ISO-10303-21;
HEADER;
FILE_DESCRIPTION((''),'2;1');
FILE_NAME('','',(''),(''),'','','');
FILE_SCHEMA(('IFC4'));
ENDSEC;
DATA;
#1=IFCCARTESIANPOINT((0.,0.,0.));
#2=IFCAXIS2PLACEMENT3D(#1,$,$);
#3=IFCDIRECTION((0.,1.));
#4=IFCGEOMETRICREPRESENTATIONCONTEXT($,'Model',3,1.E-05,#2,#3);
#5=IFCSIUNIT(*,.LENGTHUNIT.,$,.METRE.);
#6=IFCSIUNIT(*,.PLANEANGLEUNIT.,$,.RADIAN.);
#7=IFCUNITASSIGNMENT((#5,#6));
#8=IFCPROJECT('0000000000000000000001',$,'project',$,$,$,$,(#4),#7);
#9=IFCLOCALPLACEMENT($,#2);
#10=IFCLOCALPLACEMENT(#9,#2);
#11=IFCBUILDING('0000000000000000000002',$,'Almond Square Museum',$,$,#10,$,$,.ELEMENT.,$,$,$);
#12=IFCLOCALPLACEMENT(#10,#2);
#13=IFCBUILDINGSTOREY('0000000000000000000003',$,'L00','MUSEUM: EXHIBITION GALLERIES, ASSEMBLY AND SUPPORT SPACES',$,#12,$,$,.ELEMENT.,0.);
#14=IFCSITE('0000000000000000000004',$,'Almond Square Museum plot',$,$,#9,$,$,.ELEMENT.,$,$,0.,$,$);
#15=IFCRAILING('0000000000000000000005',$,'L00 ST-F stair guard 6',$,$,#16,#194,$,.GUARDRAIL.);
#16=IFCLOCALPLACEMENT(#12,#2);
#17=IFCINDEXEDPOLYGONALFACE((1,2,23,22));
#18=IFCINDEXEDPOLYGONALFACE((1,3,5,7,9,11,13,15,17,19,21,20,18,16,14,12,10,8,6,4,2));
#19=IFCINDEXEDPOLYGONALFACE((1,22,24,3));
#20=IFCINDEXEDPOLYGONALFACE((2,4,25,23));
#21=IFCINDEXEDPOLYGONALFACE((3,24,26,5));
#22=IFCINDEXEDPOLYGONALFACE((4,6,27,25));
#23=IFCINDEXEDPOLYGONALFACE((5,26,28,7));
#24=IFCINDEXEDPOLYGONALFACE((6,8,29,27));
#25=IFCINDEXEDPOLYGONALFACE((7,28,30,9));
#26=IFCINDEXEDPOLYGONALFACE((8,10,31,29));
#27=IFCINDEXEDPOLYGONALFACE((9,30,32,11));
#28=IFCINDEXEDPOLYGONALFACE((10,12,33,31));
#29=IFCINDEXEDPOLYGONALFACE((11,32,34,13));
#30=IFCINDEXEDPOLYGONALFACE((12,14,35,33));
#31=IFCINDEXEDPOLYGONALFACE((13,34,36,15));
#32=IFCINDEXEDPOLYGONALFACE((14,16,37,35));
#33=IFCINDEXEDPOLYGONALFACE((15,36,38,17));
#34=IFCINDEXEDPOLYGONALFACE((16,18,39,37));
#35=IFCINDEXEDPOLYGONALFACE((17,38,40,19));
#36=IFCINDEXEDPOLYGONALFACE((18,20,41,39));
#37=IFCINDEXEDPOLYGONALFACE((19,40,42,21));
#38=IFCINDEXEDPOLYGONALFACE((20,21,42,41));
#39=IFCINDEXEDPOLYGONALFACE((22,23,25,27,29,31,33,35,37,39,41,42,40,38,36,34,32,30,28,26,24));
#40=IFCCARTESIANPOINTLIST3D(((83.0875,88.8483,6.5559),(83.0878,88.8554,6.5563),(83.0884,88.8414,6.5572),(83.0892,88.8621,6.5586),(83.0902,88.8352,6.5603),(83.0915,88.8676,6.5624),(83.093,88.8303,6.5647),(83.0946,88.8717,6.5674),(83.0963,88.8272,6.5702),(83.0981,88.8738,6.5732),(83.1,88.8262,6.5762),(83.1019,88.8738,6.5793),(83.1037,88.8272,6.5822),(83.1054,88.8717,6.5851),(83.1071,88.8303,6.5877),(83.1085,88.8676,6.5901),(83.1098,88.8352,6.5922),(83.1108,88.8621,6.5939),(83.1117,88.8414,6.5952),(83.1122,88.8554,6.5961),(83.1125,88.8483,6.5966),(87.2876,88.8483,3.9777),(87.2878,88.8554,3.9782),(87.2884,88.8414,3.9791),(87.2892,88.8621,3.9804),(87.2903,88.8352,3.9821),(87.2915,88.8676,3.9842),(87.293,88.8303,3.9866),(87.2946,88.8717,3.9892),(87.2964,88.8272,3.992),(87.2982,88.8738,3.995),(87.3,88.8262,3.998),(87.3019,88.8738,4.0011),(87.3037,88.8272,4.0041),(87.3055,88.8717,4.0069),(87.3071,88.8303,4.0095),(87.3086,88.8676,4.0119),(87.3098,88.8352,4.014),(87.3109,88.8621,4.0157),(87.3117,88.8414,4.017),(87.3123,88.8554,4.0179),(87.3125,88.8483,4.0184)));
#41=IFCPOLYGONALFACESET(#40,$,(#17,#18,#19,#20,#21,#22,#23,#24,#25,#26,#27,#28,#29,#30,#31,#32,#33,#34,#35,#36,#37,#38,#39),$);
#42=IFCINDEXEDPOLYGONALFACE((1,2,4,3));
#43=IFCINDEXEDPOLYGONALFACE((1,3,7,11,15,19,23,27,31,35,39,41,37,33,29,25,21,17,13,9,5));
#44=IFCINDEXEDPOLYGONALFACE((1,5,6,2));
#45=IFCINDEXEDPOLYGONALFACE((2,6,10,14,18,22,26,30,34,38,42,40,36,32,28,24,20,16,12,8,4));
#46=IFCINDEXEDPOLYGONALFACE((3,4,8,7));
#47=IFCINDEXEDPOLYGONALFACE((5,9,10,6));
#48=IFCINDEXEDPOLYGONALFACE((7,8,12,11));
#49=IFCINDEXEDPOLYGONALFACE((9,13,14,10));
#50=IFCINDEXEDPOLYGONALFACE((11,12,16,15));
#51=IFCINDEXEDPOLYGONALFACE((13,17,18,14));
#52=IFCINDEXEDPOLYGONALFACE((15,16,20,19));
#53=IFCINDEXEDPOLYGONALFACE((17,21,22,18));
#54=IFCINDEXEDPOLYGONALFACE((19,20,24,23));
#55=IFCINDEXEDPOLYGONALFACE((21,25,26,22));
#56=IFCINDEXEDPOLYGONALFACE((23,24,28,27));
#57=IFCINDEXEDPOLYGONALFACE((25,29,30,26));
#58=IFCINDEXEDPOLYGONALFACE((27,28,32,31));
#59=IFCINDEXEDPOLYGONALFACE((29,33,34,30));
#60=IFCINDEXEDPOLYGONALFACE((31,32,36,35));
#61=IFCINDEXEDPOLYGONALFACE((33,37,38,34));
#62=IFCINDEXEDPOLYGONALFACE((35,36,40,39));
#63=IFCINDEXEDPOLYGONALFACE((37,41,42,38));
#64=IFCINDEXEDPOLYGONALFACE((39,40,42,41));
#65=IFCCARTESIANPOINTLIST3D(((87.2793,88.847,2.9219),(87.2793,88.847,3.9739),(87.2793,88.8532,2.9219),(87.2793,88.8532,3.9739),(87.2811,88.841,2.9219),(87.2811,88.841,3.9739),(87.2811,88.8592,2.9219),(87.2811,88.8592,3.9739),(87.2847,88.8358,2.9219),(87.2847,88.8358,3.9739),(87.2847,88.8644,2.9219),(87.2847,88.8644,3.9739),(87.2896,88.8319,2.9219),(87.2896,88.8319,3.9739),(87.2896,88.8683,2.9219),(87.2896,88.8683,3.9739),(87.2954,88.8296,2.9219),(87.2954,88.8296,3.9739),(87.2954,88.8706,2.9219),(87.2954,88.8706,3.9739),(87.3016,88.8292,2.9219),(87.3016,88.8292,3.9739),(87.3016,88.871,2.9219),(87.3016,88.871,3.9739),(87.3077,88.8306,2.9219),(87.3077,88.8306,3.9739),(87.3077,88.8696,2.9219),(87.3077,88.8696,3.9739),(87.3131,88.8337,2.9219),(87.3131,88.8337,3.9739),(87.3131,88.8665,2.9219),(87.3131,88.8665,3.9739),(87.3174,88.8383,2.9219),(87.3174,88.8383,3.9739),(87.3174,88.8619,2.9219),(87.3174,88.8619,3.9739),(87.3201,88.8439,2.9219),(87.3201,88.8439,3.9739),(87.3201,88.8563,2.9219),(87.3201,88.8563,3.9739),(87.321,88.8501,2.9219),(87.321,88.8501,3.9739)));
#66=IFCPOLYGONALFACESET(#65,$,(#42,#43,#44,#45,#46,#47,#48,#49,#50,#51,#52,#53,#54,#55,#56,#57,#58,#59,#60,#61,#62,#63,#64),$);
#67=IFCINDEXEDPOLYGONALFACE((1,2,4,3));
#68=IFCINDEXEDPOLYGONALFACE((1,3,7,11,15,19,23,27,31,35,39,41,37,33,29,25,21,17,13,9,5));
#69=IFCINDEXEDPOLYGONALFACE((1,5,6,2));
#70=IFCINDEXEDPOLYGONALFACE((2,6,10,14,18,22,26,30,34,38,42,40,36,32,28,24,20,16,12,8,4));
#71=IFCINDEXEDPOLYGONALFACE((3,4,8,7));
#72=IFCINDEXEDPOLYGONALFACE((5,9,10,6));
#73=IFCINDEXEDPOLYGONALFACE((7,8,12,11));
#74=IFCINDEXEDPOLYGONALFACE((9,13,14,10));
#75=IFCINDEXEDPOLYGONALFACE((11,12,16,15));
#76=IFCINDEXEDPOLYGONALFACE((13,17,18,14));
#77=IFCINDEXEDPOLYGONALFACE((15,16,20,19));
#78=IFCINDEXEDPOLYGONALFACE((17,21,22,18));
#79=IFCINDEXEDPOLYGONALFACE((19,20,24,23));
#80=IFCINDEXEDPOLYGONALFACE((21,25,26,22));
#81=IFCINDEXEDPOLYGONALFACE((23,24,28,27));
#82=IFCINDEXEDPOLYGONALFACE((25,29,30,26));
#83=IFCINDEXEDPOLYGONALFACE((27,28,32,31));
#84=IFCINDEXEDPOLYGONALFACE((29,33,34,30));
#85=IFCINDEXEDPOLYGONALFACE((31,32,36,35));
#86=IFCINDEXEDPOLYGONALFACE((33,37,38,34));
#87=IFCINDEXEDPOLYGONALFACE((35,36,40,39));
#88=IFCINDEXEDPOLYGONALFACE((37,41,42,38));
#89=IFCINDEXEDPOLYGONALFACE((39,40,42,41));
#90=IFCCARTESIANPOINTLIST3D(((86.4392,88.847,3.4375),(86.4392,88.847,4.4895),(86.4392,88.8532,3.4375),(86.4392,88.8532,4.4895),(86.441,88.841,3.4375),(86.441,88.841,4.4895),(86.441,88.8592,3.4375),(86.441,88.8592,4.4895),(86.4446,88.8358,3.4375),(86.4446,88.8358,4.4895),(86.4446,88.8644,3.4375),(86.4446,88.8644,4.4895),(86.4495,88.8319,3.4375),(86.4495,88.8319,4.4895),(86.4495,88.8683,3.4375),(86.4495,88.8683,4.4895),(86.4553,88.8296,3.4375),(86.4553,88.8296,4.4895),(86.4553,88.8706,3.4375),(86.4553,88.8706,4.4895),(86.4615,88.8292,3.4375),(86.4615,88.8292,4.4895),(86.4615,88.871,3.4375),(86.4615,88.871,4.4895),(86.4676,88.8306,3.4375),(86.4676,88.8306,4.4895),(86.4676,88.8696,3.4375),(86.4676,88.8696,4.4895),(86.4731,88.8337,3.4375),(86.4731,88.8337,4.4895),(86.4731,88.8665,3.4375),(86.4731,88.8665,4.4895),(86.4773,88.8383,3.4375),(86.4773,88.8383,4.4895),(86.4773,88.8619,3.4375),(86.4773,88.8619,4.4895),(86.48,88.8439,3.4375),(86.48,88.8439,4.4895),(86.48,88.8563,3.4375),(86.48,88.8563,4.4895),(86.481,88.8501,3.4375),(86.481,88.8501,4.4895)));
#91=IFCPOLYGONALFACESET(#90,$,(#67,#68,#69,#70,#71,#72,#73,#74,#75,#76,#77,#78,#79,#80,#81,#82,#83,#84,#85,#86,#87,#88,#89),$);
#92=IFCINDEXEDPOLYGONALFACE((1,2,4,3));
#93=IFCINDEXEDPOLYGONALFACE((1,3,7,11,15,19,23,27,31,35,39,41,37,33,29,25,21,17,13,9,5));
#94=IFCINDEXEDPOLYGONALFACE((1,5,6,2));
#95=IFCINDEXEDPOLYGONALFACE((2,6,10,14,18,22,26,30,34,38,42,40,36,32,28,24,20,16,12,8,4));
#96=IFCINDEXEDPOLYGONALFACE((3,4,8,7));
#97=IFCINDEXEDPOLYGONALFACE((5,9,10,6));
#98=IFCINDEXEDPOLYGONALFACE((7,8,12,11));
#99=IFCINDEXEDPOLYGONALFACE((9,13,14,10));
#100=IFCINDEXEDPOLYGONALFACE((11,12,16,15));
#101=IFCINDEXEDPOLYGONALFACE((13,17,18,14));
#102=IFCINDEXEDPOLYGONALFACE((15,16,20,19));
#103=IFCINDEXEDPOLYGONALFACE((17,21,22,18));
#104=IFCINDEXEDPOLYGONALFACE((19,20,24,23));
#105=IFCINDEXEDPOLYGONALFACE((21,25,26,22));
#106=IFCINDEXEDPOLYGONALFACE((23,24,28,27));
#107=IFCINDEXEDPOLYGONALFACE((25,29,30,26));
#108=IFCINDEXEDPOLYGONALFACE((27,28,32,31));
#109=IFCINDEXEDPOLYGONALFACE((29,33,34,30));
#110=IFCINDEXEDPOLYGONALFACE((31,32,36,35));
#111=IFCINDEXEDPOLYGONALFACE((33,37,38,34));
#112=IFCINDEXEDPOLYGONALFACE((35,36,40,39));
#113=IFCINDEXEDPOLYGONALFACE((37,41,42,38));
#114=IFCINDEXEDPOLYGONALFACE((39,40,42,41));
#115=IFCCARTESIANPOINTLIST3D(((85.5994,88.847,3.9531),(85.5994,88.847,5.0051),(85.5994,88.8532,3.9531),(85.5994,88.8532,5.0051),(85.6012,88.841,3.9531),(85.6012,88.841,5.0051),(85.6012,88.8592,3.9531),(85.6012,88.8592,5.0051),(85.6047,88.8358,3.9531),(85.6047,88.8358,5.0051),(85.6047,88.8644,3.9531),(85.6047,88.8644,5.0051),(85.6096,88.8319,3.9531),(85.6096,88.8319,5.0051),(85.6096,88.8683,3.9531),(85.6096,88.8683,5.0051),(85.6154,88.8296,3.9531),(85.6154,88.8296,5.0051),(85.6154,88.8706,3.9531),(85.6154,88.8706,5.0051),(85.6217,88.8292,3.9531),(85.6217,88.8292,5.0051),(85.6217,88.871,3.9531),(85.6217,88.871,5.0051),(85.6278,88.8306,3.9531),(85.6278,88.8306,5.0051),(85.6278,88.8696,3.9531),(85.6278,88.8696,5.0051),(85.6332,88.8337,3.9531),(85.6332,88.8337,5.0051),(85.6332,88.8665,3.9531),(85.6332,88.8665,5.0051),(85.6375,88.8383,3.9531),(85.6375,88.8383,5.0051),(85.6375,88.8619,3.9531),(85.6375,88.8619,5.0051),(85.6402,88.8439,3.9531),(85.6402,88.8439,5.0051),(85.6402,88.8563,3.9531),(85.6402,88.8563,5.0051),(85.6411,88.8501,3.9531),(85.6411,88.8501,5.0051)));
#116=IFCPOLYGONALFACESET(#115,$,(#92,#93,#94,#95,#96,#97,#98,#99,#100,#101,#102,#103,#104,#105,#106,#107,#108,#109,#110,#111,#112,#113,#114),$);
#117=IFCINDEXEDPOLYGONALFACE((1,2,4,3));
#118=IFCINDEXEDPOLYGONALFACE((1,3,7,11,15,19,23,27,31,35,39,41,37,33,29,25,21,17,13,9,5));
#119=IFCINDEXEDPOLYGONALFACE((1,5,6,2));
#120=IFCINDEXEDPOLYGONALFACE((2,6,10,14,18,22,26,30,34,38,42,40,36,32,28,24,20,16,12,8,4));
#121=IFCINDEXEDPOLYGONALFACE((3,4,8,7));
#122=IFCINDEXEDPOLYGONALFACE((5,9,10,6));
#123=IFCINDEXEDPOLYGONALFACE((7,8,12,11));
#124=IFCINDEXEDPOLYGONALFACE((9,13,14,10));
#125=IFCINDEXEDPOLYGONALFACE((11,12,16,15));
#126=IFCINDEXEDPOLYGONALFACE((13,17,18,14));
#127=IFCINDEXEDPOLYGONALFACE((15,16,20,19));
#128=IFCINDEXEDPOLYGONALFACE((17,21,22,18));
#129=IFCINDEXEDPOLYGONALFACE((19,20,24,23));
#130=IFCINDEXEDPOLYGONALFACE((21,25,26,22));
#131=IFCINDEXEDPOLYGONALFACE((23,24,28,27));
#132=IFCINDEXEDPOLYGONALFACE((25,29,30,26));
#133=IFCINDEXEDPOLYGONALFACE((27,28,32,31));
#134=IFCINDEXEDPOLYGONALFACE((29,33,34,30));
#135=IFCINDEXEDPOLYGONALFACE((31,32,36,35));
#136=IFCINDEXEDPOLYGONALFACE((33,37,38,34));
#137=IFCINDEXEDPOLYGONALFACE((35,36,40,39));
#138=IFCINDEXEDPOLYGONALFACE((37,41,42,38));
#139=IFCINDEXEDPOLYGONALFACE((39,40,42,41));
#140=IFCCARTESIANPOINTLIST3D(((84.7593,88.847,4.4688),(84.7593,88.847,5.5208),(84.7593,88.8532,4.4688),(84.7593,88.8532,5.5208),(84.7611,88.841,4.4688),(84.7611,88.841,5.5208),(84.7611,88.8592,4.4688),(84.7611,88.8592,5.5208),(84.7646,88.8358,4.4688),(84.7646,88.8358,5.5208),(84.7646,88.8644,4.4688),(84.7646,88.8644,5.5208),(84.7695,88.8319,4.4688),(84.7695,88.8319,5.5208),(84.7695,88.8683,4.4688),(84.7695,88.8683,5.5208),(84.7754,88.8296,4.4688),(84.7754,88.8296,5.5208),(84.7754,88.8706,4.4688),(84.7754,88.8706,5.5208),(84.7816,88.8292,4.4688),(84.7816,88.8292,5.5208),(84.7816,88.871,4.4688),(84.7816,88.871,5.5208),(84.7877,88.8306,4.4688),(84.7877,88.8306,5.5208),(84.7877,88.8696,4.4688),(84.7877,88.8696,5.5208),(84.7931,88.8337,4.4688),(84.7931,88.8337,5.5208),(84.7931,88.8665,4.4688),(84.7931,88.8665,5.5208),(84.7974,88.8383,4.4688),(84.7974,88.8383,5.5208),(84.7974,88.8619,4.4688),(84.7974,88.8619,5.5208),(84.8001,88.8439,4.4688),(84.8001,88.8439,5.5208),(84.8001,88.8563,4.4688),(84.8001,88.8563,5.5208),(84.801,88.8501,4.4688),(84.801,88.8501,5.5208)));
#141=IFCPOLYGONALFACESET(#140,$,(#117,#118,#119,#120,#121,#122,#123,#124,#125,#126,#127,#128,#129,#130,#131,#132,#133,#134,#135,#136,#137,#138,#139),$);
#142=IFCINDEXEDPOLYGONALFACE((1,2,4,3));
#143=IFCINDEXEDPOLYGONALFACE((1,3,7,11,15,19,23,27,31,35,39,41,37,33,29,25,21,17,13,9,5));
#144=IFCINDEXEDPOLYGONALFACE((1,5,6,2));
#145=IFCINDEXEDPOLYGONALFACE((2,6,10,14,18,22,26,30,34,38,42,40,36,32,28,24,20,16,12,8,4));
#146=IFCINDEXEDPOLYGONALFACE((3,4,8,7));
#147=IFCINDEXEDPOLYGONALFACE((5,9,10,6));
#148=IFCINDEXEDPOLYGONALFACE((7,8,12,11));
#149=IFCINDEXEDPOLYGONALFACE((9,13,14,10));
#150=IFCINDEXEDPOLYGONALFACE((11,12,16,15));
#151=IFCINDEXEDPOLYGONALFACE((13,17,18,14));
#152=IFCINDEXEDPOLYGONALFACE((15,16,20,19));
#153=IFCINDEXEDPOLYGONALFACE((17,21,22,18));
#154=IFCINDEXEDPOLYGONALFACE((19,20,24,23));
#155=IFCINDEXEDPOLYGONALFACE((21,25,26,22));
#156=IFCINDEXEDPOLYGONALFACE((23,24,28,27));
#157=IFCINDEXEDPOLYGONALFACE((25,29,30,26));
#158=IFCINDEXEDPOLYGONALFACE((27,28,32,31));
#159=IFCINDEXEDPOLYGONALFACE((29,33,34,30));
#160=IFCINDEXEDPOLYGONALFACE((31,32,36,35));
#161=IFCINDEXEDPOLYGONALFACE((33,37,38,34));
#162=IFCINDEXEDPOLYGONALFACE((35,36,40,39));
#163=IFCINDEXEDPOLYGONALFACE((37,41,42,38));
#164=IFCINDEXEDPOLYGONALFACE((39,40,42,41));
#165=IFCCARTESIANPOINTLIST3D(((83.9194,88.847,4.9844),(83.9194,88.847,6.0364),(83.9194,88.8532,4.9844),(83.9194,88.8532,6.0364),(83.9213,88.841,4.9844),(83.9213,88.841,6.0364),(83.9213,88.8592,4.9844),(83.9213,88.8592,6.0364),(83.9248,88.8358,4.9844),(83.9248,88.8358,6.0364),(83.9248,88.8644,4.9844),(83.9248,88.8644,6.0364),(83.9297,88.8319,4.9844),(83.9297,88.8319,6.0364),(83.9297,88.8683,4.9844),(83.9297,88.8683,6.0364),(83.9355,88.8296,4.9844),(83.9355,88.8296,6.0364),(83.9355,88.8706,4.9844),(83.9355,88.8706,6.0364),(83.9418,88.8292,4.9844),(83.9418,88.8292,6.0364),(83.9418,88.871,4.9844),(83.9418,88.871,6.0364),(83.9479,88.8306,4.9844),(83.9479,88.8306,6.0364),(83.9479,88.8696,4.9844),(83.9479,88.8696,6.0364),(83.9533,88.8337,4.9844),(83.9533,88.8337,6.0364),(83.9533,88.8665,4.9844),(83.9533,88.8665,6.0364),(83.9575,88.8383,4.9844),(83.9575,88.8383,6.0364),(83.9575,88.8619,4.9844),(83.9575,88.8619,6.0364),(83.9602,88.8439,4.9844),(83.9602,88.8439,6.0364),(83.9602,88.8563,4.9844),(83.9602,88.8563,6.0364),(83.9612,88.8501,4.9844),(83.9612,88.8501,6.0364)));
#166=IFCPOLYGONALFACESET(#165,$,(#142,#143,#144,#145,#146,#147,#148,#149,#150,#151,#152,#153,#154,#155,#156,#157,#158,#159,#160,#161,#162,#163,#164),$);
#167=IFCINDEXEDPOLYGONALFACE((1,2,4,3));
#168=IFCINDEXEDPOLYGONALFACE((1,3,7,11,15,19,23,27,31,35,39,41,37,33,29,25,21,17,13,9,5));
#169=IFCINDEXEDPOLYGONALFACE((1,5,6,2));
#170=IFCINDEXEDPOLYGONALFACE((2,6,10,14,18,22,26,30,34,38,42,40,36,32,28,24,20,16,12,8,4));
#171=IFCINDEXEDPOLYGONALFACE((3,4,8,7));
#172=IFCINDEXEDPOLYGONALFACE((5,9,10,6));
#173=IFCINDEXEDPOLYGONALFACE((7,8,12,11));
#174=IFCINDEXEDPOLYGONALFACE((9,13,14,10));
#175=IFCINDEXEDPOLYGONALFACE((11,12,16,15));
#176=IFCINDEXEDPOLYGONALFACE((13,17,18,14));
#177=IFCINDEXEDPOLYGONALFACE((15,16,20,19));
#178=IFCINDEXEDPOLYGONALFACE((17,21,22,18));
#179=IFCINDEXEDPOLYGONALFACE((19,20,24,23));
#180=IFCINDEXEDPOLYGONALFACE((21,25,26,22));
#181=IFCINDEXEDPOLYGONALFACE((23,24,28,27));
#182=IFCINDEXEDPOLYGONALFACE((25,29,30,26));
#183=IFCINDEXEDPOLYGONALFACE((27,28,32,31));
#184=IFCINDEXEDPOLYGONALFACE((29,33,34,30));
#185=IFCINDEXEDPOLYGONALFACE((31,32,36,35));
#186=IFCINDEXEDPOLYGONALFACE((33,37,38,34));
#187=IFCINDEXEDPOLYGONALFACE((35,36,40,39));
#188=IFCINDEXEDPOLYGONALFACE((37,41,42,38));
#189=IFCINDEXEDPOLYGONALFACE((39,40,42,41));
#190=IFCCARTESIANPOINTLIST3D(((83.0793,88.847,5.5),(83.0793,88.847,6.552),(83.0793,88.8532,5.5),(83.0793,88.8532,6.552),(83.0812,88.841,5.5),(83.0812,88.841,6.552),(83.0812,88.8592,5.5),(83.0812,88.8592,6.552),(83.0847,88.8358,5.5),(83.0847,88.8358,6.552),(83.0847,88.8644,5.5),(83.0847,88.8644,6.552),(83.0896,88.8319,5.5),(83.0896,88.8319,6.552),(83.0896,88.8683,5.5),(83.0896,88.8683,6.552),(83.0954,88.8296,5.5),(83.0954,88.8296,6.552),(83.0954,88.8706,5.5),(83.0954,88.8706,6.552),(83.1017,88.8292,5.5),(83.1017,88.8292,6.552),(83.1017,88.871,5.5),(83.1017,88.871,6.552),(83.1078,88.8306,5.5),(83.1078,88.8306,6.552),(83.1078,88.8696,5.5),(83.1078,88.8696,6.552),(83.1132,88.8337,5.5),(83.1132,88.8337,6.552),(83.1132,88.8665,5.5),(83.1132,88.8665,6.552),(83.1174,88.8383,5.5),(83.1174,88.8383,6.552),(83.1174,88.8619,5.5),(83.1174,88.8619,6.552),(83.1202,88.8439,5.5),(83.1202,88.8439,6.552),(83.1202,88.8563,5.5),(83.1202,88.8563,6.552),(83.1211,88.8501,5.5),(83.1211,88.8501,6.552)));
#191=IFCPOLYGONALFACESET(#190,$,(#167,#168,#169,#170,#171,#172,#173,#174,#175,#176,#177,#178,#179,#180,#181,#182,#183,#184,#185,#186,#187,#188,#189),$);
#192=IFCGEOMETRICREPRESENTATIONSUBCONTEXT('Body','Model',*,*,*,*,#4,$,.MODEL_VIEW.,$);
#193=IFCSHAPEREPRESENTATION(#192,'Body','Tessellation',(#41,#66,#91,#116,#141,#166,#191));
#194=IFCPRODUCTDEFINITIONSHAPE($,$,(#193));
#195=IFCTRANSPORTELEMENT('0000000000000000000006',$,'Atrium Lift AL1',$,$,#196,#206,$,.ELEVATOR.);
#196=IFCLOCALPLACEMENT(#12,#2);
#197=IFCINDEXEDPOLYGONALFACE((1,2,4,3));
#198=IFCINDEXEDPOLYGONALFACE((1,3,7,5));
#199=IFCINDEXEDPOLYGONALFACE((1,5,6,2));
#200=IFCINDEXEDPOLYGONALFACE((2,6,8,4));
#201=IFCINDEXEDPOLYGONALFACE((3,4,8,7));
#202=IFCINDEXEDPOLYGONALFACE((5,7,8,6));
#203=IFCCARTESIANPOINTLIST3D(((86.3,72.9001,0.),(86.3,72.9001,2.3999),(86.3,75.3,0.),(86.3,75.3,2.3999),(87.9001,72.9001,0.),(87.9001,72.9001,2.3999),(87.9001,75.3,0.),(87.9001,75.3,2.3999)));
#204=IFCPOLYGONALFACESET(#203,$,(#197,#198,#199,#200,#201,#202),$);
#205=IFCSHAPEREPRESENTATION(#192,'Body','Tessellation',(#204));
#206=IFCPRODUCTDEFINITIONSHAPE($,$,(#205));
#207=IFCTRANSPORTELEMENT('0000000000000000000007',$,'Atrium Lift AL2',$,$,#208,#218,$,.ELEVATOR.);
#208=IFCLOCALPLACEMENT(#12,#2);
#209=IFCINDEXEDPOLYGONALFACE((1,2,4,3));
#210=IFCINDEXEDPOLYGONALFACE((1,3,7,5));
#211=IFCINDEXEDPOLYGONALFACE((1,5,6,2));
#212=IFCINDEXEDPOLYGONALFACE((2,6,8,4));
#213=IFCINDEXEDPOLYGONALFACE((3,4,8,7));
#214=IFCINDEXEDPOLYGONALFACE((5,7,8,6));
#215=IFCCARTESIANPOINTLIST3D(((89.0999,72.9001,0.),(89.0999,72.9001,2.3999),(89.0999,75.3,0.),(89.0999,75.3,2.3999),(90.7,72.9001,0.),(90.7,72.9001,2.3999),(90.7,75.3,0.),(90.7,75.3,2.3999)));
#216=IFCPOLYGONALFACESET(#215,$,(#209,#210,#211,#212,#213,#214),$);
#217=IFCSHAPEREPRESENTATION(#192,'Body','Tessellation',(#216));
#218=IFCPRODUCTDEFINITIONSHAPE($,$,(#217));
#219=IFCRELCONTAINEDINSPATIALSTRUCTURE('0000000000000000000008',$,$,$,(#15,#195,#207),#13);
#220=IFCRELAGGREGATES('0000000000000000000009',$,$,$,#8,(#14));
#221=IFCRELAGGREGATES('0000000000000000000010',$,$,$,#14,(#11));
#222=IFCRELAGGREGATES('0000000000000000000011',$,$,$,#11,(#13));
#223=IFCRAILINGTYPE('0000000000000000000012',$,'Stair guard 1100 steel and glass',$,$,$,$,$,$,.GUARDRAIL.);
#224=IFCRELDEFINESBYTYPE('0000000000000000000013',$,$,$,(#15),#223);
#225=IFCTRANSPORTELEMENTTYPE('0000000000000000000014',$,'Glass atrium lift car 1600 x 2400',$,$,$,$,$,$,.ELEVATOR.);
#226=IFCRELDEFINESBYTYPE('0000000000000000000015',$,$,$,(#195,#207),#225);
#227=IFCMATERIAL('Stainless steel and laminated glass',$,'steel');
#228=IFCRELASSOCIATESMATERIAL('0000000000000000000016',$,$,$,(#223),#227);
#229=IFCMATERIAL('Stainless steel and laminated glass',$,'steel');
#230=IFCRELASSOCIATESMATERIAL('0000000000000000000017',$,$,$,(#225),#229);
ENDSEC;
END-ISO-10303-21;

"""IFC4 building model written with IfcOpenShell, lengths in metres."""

from ifc_helpers import new_model, si_unit, direction, frame, origin, origin_2d, place, context, subcontext, project, spatial, rectangle, circle, extrude, material, type_object, element, save


model = new_model("IFC4")

# Units and contexts
model_context = context("Model", 3, precision=1e-05, world=origin(), true_north=direction((0.0, 1.0)))
body_context = subcontext(model_context, "Body", "Model", "MODEL_VIEW")
ifc_project = project(units=[si_unit("LENGTHUNIT", "METRE"), si_unit("PLANEANGLEUNIT", "RADIAN")], contexts=[model_context])

# Site, building, storey
site_placement = place(None, origin())
site = spatial("IfcSite", under=ifc_project, at=site_placement, Name="Almond Square Museum plot", CompositionType="ELEMENT", RefElevation=0.0)
building_placement = place(site_placement, origin())
building = spatial("IfcBuilding", under=site, at=building_placement, Name="Almond Square Museum", CompositionType="ELEMENT")
storey_placement = place(building_placement, origin())
storey = spatial("IfcBuildingStorey", under=building, at=storey_placement, Name="L00", Description="MUSEUM: EXHIBITION GALLERIES, ASSEMBLY AND SUPPORT SPACES", CompositionType="ELEMENT", Elevation=0.0)

# Railing
ifc_material_1 = material(Name="Stainless steel and laminated glass", Category="steel")
railing_type_1 = type_object("IfcRailingType", Name="Stair guard 1100 steel and glass", PredefinedType="GUARDRAIL", material=ifc_material_1)
railing_1_placement = place(storey_placement, frame((87.3, 88.8501, 2.9219)))
element("IfcRailing", 1, at=railing_1_placement, inside=storey, type_object=railing_type_1, Name="L00 ST-F stair guard 6", PredefinedType="GUARDRAIL", context=body_context, shape_type="SweptSolid", body=[
    extrude(circle(Radius=0.0239, at=origin_2d()), frame((0.0, 0.0, 1.0762), z_axis=(-0.852243, 0.0, 0.523146), x_axis=(0.0, -1.0, 0.0)), (0.0, 0.0, 1.0), 4.9282),
    extrude(circle(Radius=0.021, at=origin_2d()), origin(), (0.0, 0.0, 1.0), 1.052),
    extrude(circle(Radius=0.021, at=origin_2d()), frame((-0.8401, 0.0, 0.5156)), (0.0, 0.0, 1.0), 1.052),
    extrude(circle(Radius=0.021, at=origin_2d()), frame((-1.6799, 0.0, 1.0312)), (0.0, 0.0, 1.0), 1.052),
    extrude(circle(Radius=0.021, at=origin_2d()), frame((-2.52, 0.0, 1.5469)), (0.0, 0.0, 1.0), 1.052),
    extrude(circle(Radius=0.021, at=origin_2d()), frame((-3.3599, 0.0, 2.0625)), (0.0, 0.0, 1.0), 1.052),
    extrude(circle(Radius=0.021, at=origin_2d()), frame((-4.2, 0.0, 2.5781)), (0.0, 0.0, 1.0), 1.052),
])

# Transport elements
ifc_material_2 = material(Name="Stainless steel and laminated glass", Category="steel")
transport_element_type = type_object("IfcTransportElementType", Name="Glass atrium lift car 1600 x 2400", PredefinedType="ELEVATOR", material=ifc_material_2)
for number, where, z_axis, x_axis, name in (
    (2, (87.1001, 74.1001, 0.0), (0.0, 0.0, 1.0), (1.0, 0.0, 0.0), "Atrium Lift AL1"),
    (3, (89.8999, 74.1001, 0.0), (0.0, 0.0, 1.0), (1.0, 0.0, 0.0), "Atrium Lift AL2"),
):
    element("IfcTransportElement", number, at=place(storey_placement, frame(where, z_axis=z_axis, x_axis=x_axis)), inside=storey, type_object=transport_element_type, Name=name, PredefinedType="ELEVATOR", context=body_context, shape_type="SweptSolid", body=[
        extrude(rectangle(XDim=1.6001, YDim=2.3999, at=origin_2d()), origin(), (0.0, 0.0, 1.0), 2.3999),
    ])

save(model, "model.ifc")
